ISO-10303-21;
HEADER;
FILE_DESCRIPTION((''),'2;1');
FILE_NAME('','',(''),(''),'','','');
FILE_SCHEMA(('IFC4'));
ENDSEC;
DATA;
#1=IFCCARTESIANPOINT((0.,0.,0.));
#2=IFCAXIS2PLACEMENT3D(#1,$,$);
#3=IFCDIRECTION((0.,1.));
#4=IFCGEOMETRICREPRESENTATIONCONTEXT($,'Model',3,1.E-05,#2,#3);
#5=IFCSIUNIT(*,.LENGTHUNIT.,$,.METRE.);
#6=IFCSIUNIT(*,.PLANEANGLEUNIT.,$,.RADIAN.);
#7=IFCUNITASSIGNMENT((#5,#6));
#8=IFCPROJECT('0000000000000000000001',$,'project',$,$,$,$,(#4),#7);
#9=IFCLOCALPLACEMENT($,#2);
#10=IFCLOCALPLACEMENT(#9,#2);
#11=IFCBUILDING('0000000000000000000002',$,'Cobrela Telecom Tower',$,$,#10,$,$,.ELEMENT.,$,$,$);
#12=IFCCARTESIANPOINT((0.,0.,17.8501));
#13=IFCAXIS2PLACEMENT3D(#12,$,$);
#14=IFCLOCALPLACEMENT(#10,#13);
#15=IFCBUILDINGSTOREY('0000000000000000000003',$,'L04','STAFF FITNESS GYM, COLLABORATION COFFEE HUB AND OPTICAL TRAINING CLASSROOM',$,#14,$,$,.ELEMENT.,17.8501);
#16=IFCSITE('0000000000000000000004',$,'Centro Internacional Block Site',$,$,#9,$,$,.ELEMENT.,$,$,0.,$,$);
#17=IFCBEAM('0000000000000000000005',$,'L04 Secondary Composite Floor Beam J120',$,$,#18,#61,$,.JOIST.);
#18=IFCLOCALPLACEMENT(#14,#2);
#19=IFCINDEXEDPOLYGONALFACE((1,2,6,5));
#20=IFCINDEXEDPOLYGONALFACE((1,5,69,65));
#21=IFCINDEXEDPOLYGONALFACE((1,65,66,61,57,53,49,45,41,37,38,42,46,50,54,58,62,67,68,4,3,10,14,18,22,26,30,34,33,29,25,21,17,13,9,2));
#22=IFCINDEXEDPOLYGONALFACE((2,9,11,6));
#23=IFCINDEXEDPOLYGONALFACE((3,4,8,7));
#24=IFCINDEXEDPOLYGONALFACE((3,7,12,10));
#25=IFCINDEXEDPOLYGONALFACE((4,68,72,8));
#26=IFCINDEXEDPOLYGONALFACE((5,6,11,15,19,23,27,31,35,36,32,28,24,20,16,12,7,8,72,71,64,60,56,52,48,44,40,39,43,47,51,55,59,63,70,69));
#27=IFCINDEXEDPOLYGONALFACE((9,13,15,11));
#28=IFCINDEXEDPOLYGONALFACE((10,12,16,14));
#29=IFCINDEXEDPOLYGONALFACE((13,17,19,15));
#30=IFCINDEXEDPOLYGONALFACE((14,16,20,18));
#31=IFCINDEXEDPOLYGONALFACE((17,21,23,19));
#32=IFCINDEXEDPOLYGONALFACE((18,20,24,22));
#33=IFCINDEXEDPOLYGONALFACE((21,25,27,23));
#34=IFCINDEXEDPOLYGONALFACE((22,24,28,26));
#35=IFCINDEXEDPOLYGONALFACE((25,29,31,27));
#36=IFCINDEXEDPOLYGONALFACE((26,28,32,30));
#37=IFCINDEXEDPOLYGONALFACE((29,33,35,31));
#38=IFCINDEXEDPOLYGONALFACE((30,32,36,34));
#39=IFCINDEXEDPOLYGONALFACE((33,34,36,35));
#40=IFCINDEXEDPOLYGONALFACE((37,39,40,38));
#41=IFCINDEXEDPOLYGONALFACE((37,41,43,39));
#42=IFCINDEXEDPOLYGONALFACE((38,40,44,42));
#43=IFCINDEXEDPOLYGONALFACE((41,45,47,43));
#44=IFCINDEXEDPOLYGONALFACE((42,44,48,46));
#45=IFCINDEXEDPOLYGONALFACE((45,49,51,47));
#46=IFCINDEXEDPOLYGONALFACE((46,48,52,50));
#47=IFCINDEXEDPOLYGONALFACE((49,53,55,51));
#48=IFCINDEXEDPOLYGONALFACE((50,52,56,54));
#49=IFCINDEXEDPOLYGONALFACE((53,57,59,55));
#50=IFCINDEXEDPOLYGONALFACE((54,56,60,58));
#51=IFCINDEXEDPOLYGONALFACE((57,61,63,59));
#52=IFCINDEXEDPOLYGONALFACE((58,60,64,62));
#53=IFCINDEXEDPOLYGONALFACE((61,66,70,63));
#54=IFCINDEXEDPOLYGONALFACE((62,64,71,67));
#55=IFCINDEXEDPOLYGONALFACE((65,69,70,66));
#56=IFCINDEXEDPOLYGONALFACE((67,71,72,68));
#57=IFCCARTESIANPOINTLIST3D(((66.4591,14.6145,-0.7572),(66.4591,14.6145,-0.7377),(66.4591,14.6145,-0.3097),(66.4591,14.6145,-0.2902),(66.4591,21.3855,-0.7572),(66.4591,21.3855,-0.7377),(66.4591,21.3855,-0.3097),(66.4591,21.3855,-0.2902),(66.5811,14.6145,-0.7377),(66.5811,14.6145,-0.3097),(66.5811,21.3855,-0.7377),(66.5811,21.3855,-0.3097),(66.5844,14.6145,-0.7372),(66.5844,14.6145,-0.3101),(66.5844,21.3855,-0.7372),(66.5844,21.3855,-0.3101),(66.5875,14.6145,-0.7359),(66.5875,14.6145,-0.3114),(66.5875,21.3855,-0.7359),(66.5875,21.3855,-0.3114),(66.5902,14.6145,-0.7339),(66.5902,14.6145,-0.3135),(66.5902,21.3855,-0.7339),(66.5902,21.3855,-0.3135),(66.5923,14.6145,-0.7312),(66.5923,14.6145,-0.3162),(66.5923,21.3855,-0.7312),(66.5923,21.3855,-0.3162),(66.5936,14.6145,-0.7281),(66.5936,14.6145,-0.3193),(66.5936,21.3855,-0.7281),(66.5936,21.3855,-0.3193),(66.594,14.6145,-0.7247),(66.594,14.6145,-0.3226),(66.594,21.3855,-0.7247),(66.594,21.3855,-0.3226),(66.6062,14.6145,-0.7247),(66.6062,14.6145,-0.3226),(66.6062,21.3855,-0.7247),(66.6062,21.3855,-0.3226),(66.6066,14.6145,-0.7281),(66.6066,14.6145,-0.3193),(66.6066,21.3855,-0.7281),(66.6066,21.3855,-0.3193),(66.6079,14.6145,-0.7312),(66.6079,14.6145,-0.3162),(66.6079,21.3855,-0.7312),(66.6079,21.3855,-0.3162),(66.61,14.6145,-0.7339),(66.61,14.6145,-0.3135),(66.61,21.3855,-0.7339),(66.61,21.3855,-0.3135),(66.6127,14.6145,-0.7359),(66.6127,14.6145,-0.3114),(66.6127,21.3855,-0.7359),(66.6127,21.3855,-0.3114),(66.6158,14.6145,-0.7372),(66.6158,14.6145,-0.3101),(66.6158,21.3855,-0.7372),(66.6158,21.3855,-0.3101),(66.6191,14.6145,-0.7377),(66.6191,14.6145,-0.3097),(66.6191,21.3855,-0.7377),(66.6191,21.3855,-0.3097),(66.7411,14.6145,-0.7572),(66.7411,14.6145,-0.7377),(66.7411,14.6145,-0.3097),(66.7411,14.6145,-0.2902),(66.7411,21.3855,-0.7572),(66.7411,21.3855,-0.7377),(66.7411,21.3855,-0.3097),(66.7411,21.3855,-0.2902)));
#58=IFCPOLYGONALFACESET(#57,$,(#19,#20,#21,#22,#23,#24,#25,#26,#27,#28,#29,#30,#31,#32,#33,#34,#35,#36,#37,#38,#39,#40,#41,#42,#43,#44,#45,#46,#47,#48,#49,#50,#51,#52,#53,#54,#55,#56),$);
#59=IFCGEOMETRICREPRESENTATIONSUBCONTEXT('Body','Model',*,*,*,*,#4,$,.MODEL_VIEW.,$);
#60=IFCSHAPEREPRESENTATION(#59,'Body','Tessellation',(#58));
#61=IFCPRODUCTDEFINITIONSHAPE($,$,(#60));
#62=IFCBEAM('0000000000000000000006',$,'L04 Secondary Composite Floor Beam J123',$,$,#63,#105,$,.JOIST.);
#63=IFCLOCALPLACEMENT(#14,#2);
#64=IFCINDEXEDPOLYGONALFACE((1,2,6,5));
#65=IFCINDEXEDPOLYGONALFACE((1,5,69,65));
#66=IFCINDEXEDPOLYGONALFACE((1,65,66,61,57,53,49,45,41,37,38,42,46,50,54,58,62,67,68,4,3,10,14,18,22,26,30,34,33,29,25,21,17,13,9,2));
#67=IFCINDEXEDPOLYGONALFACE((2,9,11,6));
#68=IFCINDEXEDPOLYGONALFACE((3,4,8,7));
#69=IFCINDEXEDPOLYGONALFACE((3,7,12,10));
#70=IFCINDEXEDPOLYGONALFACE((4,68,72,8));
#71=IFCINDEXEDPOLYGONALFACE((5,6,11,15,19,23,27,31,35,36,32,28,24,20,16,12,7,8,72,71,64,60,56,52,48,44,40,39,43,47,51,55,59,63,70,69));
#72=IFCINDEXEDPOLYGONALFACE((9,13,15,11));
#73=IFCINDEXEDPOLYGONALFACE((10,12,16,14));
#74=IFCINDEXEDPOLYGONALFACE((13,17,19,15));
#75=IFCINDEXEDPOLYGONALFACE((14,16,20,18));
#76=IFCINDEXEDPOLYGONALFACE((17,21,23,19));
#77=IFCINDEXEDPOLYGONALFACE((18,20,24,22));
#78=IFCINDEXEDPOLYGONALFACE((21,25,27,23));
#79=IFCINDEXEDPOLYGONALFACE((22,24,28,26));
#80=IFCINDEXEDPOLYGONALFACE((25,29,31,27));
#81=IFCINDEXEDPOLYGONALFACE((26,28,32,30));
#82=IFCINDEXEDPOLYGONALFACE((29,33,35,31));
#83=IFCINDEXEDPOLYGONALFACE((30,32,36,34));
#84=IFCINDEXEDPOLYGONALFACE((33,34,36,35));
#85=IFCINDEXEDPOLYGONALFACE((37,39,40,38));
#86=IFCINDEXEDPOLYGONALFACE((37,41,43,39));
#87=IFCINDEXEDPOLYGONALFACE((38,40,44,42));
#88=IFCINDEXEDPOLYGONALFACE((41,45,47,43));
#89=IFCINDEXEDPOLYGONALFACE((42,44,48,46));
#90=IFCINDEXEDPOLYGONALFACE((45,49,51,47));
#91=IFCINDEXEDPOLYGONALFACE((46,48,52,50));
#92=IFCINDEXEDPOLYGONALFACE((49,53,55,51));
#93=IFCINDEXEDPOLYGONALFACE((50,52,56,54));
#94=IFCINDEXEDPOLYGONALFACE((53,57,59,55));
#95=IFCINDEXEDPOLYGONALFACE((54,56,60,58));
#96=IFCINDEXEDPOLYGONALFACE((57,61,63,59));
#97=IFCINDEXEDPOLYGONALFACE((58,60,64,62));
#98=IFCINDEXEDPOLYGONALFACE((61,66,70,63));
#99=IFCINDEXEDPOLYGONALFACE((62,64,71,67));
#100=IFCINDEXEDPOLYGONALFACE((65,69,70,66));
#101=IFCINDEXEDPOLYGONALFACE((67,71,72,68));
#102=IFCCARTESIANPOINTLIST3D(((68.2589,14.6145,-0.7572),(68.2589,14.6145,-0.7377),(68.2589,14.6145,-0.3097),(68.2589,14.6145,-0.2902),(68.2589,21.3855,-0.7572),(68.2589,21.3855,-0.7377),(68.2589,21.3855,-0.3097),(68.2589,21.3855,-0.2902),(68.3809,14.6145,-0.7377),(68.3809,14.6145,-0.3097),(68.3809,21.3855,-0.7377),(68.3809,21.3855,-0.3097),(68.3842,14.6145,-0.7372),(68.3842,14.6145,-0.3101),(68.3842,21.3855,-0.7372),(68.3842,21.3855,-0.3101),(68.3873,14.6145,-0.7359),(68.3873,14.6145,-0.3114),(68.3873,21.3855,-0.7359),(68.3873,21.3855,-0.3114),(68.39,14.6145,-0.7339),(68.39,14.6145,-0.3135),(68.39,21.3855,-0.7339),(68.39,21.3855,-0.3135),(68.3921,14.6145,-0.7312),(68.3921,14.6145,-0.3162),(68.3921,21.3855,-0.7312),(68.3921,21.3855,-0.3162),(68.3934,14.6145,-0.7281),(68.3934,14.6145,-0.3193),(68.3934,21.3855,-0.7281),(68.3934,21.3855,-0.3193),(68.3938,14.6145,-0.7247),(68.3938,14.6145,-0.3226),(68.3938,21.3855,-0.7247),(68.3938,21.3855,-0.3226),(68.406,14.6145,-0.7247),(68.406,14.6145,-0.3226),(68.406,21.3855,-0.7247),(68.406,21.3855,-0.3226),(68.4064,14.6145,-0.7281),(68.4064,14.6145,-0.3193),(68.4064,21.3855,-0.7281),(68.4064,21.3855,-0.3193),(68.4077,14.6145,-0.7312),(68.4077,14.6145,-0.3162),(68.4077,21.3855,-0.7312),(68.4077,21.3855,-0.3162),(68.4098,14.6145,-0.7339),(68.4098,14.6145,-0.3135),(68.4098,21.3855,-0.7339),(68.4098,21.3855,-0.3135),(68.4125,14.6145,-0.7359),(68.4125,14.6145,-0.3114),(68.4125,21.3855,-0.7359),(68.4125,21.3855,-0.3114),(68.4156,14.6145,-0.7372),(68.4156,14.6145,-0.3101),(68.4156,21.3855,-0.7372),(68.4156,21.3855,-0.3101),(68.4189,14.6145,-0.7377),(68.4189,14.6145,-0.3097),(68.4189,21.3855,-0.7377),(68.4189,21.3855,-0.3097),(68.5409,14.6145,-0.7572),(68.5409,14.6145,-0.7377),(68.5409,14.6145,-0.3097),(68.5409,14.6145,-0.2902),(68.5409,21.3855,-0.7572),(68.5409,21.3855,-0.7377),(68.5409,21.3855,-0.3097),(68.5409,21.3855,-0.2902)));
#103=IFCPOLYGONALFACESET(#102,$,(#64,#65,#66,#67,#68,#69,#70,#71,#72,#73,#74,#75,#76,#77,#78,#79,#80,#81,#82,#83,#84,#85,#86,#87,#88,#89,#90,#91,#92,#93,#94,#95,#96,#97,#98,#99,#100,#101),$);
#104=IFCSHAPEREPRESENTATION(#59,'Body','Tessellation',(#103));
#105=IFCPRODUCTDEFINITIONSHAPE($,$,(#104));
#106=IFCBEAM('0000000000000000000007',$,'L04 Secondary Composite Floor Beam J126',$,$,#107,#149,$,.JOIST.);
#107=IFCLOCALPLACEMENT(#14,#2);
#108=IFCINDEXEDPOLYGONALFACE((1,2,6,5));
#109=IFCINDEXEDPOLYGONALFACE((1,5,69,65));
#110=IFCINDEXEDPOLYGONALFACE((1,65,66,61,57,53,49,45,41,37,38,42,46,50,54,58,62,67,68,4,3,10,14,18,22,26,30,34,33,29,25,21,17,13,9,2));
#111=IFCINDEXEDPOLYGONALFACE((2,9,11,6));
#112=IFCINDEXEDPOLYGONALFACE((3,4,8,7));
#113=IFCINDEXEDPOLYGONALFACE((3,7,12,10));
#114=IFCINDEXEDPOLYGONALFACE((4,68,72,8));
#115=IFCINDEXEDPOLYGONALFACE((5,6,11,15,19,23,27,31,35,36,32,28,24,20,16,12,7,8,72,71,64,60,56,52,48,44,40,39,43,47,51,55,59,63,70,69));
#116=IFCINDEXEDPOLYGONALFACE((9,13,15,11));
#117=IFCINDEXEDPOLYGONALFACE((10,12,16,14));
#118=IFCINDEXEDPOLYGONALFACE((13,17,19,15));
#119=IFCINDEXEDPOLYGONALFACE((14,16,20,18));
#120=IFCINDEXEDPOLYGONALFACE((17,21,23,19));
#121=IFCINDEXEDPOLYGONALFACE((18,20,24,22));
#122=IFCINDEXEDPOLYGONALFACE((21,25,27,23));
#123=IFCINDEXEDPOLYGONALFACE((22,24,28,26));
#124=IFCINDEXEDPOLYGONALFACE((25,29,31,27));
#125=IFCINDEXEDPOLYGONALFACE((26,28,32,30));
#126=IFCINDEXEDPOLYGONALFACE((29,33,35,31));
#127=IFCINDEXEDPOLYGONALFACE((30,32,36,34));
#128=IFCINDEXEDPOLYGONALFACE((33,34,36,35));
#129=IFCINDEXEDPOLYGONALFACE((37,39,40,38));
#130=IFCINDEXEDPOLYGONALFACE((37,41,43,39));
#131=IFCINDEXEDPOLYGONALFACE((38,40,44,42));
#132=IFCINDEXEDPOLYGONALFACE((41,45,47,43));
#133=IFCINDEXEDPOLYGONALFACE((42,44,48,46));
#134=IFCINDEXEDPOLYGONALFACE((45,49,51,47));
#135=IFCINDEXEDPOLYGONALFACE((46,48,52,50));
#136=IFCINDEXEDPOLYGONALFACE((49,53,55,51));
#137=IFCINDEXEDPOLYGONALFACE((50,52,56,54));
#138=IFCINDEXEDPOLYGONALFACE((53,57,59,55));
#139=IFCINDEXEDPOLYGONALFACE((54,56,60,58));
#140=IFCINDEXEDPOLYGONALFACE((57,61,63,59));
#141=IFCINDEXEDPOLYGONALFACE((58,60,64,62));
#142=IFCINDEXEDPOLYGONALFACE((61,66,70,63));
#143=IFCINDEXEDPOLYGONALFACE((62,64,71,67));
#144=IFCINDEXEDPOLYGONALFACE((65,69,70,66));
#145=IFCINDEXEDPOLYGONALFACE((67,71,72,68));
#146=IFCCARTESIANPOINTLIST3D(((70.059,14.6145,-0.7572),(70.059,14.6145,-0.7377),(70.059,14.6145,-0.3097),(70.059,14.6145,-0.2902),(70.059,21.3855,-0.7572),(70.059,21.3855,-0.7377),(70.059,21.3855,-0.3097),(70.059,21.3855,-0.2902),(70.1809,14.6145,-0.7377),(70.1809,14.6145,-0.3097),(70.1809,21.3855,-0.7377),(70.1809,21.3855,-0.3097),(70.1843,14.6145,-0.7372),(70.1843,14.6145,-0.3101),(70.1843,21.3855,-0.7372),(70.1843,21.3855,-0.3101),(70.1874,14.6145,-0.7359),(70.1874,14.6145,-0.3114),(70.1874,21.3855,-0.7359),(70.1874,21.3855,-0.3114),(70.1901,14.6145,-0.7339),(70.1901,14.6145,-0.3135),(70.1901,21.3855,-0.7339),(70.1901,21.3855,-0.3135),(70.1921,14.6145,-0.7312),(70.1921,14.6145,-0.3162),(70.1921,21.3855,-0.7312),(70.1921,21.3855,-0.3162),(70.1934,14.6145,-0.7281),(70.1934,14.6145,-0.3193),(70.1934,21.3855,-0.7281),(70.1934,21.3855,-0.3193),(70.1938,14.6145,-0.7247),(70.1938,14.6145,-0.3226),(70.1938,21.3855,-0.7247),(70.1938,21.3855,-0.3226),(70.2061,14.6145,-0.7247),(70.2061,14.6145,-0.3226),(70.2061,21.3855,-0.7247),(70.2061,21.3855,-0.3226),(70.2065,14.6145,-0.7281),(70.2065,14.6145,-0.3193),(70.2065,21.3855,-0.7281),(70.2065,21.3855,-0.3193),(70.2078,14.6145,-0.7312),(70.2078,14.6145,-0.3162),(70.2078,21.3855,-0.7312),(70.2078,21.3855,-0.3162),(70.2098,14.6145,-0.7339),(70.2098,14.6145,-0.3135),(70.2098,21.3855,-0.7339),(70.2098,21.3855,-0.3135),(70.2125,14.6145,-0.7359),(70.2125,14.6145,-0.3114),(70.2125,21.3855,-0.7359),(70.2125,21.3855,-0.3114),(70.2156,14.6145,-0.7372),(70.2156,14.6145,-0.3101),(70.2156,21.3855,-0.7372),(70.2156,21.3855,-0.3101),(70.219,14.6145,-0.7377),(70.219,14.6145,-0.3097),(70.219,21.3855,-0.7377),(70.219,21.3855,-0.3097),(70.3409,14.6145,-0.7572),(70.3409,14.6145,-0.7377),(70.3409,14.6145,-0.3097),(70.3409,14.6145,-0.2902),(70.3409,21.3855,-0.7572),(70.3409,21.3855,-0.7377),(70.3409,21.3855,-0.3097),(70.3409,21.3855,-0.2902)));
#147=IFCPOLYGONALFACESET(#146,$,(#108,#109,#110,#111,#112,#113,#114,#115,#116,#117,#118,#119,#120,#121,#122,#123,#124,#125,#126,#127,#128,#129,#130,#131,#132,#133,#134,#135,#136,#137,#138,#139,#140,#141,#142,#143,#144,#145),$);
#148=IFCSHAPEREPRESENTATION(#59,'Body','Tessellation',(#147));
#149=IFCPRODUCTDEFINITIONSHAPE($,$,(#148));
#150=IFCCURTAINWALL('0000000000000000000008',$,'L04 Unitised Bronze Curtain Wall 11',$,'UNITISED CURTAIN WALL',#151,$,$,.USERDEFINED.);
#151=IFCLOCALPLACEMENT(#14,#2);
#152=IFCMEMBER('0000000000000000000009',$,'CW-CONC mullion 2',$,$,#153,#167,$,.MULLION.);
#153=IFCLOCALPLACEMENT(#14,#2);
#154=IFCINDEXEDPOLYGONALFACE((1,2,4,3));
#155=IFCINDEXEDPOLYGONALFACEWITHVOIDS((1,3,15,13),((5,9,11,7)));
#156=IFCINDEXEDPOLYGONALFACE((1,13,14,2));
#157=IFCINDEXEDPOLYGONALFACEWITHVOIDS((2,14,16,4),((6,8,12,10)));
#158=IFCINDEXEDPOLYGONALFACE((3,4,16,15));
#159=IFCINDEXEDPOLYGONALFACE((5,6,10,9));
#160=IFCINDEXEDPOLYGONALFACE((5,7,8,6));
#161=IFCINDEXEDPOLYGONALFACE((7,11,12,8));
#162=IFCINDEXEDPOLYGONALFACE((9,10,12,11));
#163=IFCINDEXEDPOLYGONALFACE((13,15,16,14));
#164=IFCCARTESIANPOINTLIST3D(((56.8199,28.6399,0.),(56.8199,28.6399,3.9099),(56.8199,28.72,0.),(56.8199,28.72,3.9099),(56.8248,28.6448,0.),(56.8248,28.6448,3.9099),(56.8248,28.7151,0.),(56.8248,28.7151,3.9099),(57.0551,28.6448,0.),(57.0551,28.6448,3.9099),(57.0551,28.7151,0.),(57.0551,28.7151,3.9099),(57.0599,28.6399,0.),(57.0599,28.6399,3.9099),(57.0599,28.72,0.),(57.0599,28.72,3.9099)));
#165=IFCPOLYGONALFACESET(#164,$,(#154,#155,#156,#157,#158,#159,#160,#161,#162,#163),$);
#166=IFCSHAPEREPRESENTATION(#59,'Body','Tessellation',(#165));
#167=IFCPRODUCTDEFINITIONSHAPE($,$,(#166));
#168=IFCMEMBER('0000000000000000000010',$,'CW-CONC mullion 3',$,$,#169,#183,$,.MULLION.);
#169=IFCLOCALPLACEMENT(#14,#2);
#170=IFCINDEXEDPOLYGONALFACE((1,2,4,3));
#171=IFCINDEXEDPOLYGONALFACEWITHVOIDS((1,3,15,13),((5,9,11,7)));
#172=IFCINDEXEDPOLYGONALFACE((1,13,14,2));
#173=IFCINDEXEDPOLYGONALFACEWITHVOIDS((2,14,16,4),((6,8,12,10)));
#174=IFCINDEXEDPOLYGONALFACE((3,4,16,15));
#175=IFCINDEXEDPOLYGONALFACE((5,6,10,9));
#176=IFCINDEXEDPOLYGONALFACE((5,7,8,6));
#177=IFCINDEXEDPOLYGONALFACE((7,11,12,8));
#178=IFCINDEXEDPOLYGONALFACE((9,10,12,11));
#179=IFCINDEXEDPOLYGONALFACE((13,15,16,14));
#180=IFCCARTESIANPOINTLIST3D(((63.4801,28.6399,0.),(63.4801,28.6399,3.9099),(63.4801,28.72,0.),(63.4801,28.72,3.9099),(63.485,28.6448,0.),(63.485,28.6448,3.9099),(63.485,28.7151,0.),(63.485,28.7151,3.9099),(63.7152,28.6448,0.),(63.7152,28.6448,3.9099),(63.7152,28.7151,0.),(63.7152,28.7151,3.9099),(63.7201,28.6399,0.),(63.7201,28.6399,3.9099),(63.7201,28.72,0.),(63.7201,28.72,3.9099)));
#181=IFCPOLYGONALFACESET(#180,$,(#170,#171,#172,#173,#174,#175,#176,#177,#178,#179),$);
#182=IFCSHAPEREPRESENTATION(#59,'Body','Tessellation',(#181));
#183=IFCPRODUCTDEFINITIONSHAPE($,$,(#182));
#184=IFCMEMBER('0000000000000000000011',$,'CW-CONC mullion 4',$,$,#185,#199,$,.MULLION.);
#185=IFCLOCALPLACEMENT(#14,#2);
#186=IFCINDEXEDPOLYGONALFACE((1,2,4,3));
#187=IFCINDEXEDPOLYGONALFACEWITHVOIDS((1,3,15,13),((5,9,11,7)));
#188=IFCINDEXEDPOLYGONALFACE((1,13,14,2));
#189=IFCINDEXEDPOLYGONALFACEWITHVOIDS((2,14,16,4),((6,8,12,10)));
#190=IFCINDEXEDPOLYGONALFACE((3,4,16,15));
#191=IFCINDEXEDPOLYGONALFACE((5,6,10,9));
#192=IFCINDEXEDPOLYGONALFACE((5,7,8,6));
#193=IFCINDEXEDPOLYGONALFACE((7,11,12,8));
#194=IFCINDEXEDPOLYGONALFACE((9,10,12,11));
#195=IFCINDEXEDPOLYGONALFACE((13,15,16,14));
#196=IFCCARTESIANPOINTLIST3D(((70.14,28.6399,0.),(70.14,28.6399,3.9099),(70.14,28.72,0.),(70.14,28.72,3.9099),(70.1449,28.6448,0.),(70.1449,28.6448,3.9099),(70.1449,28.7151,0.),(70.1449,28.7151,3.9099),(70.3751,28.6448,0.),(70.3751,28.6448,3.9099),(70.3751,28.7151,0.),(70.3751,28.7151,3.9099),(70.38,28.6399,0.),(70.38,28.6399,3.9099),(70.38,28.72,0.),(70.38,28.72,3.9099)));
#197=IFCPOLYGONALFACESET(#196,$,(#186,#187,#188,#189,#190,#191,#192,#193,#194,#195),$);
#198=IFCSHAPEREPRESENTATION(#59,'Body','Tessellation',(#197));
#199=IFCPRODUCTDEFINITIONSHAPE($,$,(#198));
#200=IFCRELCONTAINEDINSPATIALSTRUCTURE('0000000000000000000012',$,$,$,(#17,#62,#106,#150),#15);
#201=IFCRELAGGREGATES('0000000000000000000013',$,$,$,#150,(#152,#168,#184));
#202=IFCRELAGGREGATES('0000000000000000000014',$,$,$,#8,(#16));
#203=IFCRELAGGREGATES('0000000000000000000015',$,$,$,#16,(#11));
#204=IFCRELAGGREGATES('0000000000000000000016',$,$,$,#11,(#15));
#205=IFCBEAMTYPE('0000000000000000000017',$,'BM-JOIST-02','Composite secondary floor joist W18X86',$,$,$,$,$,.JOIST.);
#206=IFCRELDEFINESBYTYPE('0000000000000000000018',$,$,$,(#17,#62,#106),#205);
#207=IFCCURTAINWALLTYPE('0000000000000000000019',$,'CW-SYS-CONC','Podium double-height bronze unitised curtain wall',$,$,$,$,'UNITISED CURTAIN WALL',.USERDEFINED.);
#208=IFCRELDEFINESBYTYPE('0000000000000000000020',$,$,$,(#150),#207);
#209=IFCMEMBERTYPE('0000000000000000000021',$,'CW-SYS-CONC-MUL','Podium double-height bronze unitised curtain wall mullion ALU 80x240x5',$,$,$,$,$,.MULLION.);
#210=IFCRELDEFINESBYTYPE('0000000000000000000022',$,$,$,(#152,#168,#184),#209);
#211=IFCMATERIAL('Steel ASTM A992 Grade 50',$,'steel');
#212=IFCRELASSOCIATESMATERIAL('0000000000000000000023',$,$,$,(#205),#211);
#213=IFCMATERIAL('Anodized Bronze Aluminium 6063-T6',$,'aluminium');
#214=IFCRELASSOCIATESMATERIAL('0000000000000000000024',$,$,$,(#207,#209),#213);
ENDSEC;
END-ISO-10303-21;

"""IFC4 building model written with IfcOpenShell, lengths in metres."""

from ifc_helpers import new_model, si_unit, direction, frame, origin, origin_2d, place, context, subcontext, project, spatial, hollow_rectangle, i_section, extrude, material, material_profile, profile_set, type_object, element, aggregate, save


model = new_model("IFC4")

# Units and contexts
model_context = context("Model", 3, precision=1e-05, world=origin(), true_north=direction((0.0, 1.0)))
body_context = subcontext(model_context, "Body", "Model", "MODEL_VIEW")
ifc_project = project(units=[si_unit("LENGTHUNIT", "METRE"), si_unit("PLANEANGLEUNIT", "RADIAN")], contexts=[model_context])

# Site, building, storey
site_placement = place(None, origin())
site = spatial("IfcSite", under=ifc_project, at=site_placement, Name="Centro Internacional Block Site", CompositionType="ELEMENT", RefElevation=0.0)
building_placement = place(site_placement, origin())
building = spatial("IfcBuilding", under=site, at=building_placement, Name="Cobrela Telecom Tower", CompositionType="ELEMENT")
storey_placement = place(building_placement, frame((0.0, 0.0, 17.8501)))
storey = spatial("IfcBuildingStorey", under=building, at=storey_placement, Name="L04", Description="STAFF FITNESS GYM, COLLABORATION COFFEE HUB AND OPTICAL TRAINING CLASSROOM", CompositionType="ELEMENT", Elevation=17.8501)

# Beams
ifc_material_1 = material(Name="Steel ASTM A992 Grade 50", Category="steel")
ifc_material_profile_1 = material_profile(ifc_material_1, i_section(OverallWidth=0.282, OverallDepth=0.467, WebThickness=0.0122, FlangeThickness=0.0195, FilletRadius=0.0129, at=origin_2d()), Name="W18X86")
ifc_profile_set_1 = profile_set([ifc_material_profile_1], Name="Steel ASTM A992 Grade 50")
beam_type_1 = type_object("IfcBeamType", Name="BM-JOIST-02", Description="Composite secondary floor joist W18X86", PredefinedType="JOIST", material=ifc_profile_set_1)
for number, where, z_axis, x_axis, name in (
    (1, (66.6001, 14.6145, -0.5237), (0.0, 1.0, 0.0), (-1.0, 0.0, 0.0), "L04 Secondary Composite Floor Beam J120"),
    (2, (68.3999, 14.6145, -0.5237), (0.0, 1.0, 0.0), (-1.0, 0.0, 0.0), "L04 Secondary Composite Floor Beam J123"),
    (3, (70.2, 14.6145, -0.5237), (0.0, 1.0, 0.0), (-1.0, 0.0, 0.0), "L04 Secondary Composite Floor Beam J126"),
):
    element("IfcBeam", number, at=place(storey_placement, frame(where, z_axis=z_axis, x_axis=x_axis)), inside=storey, type_object=beam_type_1, Name=name, PredefinedType="JOIST", context=body_context, shape_type="SweptSolid", body=[
        extrude(i_section(OverallWidth=0.282, OverallDepth=0.467, WebThickness=0.0122, FlangeThickness=0.0195, FilletRadius=0.0129, at=origin_2d()), origin(), (0.0, 0.0, 1.0), 6.771),
    ])

# Curtain wall, members
ifc_material_2 = material(Name="Anodized Bronze Aluminium 6063-T6", Category="aluminium")
curtain_wall_type = type_object("IfcCurtainWallType", Name="CW-SYS-CONC", Description="Podium double-height bronze unitised curtain wall", ElementType="UNITISED CURTAIN WALL", PredefinedType="USERDEFINED", material=ifc_material_2)
curtain_wall_placement = place(storey_placement, origin())
curtain_wall = element("IfcCurtainWall", 4, at=curtain_wall_placement, inside=storey, type_object=curtain_wall_type, Name="L04 Unitised Bronze Curtain Wall 11", ObjectType="UNITISED CURTAIN WALL", PredefinedType="USERDEFINED")
ifc_material_profile_2 = material_profile(ifc_material_2, hollow_rectangle(XDim=0.0801, YDim=0.24, WallThickness=0.0049, at=origin_2d()), Name="ALU 80x240x5")
ifc_profile_set_2 = profile_set([ifc_material_profile_2], Name="Anodized Bronze Aluminium 6063-T6")
member_type_1 = type_object("IfcMemberType", Name="CW-SYS-CONC-MUL", Description="Podium double-height bronze unitised curtain wall mullion ALU 80x240x5", PredefinedType="MULLION", material=ifc_profile_set_2)
member_1_placement = place(storey_placement, frame((56.9399, 28.6799, 0.0), z_axis=(0.0, 0.0, 1.0), x_axis=(0.0, 1.0, 0.0)))
member_1 = element("IfcMember", 5, at=member_1_placement, type_object=member_type_1, Name="CW-CONC mullion 2", PredefinedType="MULLION", context=body_context, shape_type="SweptSolid", body=[
    extrude(hollow_rectangle(XDim=0.0801, YDim=0.24, WallThickness=0.0049, at=origin_2d()), origin(), (0.0, 0.0, 1.0), 3.9099),
])
member_2_placement = place(storey_placement, frame((63.6001, 28.6799, 0.0), z_axis=(0.0, 0.0, 1.0), x_axis=(0.0, 1.0, 0.0)))
member_2 = element("IfcMember", 6, at=member_2_placement, type_object=member_type_1, Name="CW-CONC mullion 3", PredefinedType="MULLION", context=body_context, shape_type="SweptSolid", body=[
    extrude(hollow_rectangle(XDim=0.0801, YDim=0.24, WallThickness=0.0049, at=origin_2d()), origin(), (0.0, 0.0, 1.0), 3.9099),
])
member_3_placement = place(storey_placement, frame((70.26, 28.6799, 0.0), z_axis=(0.0, 0.0, 1.0), x_axis=(0.0, 1.0, 0.0)))
member_3 = element("IfcMember", 7, at=member_3_placement, type_object=member_type_1, Name="CW-CONC mullion 4", PredefinedType="MULLION", context=body_context, shape_type="SweptSolid", body=[
    extrude(hollow_rectangle(XDim=0.0801, YDim=0.24, WallThickness=0.0049, at=origin_2d()), origin(), (0.0, 0.0, 1.0), 3.9099),
])
aggregate(curtain_wall, [member_1, member_2, member_3])

save(model, "model.ifc")
